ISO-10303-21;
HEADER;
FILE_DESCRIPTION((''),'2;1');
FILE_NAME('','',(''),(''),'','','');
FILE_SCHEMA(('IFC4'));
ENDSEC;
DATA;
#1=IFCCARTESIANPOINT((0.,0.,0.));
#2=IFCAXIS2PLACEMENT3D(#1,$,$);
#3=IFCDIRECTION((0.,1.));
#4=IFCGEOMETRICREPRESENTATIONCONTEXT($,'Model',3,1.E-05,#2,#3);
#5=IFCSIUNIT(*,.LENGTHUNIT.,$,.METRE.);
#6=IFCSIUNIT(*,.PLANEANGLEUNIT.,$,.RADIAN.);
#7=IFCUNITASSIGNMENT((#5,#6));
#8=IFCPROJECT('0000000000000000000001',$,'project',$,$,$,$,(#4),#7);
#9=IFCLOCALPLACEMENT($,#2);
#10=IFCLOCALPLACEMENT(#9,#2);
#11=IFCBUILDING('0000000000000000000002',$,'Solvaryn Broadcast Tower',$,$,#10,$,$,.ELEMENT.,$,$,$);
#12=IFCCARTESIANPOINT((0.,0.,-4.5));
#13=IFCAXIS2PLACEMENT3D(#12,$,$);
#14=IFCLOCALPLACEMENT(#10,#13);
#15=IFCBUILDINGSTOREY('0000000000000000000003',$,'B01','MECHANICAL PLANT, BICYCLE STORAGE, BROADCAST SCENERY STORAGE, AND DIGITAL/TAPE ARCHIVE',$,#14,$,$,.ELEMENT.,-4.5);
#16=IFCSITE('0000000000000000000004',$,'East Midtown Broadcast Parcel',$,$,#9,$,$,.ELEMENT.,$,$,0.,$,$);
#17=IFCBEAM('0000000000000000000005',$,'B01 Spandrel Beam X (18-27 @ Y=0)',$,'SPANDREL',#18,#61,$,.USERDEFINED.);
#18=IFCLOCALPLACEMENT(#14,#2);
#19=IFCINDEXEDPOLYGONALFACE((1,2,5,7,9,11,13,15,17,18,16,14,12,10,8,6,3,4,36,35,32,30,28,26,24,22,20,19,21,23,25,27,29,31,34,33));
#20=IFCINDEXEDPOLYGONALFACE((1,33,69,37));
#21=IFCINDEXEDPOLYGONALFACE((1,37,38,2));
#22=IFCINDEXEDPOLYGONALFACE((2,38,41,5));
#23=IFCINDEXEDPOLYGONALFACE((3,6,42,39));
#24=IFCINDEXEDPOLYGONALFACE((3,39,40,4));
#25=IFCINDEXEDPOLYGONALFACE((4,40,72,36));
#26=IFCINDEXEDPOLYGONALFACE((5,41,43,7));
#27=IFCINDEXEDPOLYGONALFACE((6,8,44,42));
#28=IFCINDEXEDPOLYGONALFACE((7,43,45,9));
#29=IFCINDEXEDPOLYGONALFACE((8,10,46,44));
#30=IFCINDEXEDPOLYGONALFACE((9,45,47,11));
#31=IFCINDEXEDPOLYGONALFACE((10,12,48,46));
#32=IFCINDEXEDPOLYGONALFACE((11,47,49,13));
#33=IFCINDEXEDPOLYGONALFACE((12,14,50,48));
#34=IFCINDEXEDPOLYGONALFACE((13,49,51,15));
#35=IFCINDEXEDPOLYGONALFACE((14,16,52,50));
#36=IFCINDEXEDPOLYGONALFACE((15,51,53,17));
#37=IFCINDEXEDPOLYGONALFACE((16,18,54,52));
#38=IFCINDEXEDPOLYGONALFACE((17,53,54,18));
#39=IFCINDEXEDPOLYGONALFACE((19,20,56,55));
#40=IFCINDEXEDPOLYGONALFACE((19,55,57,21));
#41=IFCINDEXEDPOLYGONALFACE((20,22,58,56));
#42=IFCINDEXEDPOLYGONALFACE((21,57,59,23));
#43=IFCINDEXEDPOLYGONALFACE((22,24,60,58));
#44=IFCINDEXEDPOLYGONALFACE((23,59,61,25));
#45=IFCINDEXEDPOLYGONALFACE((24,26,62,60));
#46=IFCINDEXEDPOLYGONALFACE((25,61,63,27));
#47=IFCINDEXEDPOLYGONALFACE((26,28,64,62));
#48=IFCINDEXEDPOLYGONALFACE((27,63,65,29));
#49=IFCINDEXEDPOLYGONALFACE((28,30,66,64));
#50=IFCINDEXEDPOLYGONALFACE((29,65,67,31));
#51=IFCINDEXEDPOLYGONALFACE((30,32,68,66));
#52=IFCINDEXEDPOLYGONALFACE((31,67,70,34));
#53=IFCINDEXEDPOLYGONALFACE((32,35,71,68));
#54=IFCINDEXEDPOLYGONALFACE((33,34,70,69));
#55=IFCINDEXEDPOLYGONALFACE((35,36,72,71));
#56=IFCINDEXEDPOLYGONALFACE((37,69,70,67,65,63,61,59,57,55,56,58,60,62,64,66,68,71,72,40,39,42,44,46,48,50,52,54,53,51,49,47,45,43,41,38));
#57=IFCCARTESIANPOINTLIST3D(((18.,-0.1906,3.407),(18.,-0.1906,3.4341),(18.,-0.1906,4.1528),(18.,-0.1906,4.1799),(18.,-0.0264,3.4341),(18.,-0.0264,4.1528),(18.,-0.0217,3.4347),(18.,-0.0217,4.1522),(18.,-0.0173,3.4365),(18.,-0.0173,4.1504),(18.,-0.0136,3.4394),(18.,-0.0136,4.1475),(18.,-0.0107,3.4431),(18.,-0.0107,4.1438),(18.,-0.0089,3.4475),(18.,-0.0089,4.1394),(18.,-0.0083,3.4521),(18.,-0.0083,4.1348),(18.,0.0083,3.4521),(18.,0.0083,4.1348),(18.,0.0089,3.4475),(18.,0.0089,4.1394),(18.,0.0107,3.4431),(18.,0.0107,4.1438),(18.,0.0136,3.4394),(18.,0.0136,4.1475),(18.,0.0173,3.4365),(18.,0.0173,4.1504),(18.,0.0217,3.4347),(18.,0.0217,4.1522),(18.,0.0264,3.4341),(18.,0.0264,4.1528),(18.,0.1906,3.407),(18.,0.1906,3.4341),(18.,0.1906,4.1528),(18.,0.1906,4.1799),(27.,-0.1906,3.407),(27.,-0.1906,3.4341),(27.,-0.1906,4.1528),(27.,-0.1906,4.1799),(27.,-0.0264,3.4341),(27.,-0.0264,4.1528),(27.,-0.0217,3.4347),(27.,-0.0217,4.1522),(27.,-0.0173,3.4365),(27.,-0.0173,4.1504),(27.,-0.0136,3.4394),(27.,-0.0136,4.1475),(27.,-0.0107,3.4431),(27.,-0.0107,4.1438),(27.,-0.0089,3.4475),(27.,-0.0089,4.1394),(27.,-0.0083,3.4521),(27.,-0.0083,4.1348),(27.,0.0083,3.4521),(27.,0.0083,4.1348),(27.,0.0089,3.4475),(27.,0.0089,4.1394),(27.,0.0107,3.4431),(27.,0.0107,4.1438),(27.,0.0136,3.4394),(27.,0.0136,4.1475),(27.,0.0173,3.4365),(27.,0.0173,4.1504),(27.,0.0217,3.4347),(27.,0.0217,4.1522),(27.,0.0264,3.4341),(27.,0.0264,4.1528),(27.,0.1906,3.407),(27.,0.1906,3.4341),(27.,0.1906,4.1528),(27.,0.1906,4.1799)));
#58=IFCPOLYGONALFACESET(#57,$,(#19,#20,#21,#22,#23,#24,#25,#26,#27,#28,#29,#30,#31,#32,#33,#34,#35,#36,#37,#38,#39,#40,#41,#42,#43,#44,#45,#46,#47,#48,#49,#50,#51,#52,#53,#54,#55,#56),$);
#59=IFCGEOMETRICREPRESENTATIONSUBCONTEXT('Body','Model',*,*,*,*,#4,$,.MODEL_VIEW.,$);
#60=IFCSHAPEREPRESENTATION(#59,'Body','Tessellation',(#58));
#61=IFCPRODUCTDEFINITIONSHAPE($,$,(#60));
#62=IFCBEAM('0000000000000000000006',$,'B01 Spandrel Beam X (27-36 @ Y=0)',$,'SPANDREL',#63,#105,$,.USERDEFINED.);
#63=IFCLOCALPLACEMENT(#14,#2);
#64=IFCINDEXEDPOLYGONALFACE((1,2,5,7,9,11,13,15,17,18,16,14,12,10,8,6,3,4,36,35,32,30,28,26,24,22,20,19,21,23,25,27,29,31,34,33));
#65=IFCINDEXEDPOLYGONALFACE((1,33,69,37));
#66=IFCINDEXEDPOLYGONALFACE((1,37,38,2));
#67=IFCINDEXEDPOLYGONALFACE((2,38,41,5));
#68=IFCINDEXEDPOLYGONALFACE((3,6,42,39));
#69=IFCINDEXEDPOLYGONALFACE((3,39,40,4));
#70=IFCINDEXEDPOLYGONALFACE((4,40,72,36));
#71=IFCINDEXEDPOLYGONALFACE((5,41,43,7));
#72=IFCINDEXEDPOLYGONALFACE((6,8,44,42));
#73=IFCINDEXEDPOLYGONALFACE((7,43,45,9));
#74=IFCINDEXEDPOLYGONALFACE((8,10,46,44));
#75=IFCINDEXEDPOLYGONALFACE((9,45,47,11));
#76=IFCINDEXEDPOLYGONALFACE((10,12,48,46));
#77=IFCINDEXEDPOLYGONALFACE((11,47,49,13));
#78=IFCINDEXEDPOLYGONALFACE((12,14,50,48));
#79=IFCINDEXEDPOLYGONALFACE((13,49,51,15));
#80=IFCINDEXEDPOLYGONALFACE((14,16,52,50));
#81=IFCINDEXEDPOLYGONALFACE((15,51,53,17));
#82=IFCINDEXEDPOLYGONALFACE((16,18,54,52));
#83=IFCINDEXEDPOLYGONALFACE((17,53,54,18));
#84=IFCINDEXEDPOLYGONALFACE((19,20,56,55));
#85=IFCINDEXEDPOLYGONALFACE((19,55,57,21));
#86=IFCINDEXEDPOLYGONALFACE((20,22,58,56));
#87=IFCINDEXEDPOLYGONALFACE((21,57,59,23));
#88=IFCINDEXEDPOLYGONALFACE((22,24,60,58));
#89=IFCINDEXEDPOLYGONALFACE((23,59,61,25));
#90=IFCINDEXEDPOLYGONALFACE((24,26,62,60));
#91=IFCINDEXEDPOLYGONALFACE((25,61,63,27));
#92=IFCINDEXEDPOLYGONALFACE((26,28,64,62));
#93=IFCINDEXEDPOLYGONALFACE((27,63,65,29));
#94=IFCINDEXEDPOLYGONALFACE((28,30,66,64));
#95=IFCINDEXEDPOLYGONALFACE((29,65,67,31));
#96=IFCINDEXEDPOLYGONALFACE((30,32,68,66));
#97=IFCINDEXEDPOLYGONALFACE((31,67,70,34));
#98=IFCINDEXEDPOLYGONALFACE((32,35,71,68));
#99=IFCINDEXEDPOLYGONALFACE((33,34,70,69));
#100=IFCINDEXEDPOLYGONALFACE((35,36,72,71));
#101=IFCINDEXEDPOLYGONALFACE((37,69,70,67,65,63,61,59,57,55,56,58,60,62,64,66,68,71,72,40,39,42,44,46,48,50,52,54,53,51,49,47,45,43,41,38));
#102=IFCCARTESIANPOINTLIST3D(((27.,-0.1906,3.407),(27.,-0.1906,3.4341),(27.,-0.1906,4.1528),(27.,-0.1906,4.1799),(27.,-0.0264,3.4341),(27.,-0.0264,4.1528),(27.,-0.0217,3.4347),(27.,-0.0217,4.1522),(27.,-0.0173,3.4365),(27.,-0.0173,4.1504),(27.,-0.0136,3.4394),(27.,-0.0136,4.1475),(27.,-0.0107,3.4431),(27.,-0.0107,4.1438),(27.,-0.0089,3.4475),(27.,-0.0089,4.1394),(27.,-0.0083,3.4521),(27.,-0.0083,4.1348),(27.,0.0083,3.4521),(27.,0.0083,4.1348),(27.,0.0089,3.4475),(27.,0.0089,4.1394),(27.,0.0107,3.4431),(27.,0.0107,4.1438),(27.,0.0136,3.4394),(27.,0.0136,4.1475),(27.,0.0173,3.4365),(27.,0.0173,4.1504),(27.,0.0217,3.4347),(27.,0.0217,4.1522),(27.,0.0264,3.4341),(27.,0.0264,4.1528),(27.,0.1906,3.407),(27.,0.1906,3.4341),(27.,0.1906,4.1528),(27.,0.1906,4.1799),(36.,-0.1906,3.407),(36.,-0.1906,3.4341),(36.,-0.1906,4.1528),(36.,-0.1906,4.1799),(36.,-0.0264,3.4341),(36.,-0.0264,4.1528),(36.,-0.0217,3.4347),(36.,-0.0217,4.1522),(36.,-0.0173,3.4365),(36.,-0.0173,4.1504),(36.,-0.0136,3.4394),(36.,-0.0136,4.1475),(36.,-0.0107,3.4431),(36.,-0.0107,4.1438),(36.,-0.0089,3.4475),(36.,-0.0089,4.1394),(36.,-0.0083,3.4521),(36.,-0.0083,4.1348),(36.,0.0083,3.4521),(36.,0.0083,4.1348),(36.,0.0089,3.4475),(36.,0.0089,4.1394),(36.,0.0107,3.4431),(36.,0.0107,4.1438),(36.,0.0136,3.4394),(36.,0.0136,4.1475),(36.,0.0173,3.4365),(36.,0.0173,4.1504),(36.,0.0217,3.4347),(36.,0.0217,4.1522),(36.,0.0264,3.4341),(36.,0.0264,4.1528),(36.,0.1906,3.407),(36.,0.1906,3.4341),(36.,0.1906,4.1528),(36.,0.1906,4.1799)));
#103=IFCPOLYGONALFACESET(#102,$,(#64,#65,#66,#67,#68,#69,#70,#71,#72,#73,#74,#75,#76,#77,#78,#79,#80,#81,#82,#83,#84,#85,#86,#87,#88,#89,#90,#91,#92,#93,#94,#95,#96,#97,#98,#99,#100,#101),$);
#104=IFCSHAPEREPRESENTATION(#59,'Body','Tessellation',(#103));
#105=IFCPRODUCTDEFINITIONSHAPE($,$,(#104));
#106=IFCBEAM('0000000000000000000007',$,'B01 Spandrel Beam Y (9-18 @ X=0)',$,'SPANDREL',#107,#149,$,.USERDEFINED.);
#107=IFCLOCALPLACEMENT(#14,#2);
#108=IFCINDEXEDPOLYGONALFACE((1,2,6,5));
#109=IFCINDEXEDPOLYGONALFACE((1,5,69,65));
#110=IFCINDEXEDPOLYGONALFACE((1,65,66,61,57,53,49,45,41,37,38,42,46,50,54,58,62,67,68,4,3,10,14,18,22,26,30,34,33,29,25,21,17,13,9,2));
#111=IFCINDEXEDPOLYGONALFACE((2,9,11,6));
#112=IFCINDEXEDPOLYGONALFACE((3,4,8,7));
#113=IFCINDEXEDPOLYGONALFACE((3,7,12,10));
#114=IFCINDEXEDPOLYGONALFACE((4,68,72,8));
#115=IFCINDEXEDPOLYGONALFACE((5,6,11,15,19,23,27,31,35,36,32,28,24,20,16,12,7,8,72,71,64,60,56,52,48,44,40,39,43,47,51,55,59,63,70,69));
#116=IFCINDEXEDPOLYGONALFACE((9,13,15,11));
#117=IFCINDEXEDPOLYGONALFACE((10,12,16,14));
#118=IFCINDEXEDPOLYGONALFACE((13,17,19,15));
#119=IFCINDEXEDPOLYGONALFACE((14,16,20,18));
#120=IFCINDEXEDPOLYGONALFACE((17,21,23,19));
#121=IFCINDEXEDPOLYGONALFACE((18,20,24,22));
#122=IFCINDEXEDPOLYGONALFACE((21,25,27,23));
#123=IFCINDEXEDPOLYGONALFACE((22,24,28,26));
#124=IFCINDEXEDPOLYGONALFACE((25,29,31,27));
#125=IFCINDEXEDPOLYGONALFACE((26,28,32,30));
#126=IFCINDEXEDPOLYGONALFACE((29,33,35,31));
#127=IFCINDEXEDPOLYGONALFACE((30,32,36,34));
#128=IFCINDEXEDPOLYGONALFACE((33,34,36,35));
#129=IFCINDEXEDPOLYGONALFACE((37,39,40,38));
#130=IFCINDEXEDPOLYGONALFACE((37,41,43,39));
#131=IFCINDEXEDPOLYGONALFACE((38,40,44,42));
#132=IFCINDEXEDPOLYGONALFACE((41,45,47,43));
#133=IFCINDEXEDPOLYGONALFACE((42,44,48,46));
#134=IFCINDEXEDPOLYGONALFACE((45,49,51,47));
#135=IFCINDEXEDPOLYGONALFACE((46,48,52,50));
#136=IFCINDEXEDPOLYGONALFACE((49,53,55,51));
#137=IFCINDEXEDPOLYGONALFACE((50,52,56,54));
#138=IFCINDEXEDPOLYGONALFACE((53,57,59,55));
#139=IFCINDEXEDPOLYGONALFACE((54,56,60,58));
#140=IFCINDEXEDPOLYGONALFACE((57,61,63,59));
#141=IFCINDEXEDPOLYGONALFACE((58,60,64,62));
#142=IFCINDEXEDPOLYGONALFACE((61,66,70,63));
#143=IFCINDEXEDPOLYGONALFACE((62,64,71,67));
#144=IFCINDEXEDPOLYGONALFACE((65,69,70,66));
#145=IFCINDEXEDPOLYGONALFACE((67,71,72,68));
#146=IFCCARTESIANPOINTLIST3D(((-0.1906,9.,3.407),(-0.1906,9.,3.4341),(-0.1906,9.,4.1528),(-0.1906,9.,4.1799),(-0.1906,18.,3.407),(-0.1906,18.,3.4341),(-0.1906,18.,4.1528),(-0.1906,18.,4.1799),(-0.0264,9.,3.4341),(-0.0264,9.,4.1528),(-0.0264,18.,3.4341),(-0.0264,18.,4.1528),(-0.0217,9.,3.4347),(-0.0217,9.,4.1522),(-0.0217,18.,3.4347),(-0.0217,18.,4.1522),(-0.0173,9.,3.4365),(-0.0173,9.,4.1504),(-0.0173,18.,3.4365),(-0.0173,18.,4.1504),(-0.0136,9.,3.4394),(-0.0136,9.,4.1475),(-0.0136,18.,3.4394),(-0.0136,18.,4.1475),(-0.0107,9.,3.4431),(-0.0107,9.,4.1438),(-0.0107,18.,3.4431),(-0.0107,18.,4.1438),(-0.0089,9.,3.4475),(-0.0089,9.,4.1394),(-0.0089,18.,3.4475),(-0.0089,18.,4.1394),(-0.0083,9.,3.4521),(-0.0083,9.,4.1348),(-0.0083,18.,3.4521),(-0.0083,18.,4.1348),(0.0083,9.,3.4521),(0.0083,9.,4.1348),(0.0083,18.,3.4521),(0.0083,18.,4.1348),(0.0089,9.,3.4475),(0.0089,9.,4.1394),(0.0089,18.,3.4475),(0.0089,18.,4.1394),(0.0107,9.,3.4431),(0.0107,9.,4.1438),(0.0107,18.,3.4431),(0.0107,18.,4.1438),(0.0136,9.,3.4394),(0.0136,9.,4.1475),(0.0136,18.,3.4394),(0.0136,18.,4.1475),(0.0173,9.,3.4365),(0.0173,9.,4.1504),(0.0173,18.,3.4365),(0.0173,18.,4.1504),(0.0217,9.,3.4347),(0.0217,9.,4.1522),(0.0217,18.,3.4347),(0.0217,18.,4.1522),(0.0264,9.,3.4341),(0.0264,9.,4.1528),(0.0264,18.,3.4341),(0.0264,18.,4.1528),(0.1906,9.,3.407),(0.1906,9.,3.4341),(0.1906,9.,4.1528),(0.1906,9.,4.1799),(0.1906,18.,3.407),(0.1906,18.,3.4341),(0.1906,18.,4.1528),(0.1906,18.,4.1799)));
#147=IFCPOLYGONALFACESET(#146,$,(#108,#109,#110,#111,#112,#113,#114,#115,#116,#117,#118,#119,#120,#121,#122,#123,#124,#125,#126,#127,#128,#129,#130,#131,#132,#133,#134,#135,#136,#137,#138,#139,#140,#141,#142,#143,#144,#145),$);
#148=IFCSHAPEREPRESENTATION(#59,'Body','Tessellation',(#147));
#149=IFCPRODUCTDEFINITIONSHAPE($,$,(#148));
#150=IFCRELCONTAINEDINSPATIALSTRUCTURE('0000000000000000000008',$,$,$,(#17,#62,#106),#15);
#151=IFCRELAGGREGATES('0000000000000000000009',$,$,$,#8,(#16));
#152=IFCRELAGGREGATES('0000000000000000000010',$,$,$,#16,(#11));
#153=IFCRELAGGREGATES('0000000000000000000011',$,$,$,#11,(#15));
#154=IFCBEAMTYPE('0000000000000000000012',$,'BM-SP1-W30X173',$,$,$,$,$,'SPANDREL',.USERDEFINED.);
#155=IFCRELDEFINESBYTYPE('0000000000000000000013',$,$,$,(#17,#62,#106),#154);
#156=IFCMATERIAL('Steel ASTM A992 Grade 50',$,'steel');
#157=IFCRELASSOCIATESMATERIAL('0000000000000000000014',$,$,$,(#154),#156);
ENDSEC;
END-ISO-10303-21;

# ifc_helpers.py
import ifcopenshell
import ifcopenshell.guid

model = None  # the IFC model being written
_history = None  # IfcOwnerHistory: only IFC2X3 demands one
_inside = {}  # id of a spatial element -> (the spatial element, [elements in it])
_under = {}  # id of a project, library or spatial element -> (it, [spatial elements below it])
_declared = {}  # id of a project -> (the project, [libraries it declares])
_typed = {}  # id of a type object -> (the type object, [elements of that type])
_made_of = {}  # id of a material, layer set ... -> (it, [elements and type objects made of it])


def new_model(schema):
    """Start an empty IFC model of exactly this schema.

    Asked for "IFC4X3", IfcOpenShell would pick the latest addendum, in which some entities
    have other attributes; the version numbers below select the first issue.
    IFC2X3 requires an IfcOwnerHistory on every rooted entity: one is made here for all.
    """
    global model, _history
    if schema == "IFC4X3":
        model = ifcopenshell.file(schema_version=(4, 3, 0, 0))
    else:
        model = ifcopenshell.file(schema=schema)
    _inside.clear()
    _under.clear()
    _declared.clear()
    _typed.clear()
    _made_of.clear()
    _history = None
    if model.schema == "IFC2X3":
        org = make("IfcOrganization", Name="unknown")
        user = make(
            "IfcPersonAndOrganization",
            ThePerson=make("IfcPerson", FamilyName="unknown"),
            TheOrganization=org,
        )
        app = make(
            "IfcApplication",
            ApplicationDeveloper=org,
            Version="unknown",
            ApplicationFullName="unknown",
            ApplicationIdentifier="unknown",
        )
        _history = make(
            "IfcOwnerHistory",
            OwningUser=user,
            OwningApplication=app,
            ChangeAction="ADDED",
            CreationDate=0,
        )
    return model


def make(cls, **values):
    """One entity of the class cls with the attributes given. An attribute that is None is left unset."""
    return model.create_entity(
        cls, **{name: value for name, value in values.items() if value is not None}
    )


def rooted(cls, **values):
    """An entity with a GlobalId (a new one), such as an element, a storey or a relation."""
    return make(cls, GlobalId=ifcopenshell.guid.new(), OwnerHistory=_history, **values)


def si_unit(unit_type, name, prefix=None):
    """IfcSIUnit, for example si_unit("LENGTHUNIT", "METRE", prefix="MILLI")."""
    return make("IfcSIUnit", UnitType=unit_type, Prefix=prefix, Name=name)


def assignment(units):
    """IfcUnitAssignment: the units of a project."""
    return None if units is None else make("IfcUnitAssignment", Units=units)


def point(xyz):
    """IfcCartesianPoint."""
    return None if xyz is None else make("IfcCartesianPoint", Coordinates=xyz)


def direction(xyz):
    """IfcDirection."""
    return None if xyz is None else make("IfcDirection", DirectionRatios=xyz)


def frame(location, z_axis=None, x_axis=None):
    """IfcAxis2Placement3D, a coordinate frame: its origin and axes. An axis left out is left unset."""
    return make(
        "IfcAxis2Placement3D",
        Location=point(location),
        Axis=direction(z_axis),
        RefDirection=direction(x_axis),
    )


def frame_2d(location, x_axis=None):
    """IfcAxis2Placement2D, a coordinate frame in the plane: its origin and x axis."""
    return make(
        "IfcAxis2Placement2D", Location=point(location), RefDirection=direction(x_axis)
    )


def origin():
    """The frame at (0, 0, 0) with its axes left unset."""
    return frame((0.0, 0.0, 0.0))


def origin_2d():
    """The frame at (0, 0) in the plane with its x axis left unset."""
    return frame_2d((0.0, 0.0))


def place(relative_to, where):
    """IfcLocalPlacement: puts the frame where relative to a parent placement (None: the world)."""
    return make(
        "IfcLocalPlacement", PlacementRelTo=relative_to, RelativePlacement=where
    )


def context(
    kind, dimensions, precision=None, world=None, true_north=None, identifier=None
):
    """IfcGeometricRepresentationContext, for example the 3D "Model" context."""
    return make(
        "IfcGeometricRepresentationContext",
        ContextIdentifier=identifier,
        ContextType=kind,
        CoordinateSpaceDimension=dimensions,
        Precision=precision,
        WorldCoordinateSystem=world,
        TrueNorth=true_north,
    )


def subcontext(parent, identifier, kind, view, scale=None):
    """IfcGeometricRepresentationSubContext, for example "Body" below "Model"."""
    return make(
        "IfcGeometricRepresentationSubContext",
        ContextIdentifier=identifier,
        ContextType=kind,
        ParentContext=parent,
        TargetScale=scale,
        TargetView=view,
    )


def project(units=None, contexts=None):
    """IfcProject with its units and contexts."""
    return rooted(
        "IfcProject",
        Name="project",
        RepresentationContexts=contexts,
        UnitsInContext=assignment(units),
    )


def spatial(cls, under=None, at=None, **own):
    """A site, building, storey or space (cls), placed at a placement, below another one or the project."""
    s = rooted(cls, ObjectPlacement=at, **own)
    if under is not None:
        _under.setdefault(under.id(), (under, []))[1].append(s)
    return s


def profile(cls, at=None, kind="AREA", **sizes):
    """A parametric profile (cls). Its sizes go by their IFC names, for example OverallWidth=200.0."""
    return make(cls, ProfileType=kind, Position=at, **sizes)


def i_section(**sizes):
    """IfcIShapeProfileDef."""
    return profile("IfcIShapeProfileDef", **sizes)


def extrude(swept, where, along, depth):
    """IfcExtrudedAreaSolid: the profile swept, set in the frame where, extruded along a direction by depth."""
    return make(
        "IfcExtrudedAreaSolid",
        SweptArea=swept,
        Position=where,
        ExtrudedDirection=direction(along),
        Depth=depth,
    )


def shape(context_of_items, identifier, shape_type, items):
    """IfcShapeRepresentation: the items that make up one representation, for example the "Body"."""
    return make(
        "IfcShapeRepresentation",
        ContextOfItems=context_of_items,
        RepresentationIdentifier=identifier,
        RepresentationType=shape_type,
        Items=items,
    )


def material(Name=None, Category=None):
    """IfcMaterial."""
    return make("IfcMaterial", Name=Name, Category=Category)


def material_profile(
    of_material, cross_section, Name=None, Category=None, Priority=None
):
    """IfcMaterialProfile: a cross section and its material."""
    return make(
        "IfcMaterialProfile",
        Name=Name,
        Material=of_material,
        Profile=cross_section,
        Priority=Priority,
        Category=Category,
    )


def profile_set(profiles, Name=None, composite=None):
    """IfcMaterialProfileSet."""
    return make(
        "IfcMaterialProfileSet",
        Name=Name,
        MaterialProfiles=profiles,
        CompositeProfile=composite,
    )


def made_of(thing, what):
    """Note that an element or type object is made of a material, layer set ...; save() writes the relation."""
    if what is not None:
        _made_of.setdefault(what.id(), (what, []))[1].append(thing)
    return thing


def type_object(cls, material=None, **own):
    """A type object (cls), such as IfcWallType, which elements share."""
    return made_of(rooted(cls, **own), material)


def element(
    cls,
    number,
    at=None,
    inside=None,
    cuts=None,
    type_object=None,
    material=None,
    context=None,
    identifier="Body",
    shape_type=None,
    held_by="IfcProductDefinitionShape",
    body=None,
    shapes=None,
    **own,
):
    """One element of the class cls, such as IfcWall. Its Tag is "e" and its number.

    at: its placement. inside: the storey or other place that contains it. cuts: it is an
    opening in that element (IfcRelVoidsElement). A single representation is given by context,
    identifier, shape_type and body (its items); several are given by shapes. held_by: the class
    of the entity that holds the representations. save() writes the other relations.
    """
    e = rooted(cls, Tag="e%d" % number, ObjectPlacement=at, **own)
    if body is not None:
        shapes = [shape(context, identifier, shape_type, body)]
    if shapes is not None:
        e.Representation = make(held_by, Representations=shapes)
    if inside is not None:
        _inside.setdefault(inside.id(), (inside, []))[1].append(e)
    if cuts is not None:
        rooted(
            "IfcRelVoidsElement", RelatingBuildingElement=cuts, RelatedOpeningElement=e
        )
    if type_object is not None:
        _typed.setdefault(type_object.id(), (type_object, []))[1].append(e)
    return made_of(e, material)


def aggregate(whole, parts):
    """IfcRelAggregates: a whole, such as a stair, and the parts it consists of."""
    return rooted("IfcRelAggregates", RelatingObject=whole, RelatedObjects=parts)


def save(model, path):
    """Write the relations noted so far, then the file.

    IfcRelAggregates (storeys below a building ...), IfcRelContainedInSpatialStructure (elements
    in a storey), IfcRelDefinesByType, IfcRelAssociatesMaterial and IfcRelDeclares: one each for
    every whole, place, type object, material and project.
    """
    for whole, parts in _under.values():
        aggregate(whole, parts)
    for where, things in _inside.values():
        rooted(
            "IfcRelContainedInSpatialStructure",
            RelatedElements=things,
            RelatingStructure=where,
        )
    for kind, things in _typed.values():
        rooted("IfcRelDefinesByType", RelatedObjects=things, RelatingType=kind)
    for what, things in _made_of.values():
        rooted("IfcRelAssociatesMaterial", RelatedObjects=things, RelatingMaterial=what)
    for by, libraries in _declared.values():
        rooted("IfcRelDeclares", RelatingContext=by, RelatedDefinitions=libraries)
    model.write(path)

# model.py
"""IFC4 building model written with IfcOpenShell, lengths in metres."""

from ifc_helpers import new_model, si_unit, direction, frame, origin, origin_2d, place, context, subcontext, project, spatial, i_section, extrude, material, material_profile, profile_set, type_object, element, save


model = new_model("IFC4")

# Units and contexts
model_context = context("Model", 3, precision=1e-05, world=origin(), true_north=direction((0.0, 1.0)))
body_context = subcontext(model_context, "Body", "Model", "MODEL_VIEW")
ifc_project = project(units=[si_unit("LENGTHUNIT", "METRE"), si_unit("PLANEANGLEUNIT", "RADIAN")], contexts=[model_context])

# Site, building, storey
site_placement = place(None, origin())
site = spatial("IfcSite", under=ifc_project, at=site_placement, Name="East Midtown Broadcast Parcel", CompositionType="ELEMENT", RefElevation=0.0)
building_placement = place(site_placement, origin())
building = spatial("IfcBuilding", under=site, at=building_placement, Name="Solvaryn Broadcast Tower", CompositionType="ELEMENT")
storey_placement = place(building_placement, frame((0.0, 0.0, -4.5)))
storey = spatial("IfcBuildingStorey", under=building, at=storey_placement, Name="B01", Description="MECHANICAL PLANT, BICYCLE STORAGE, BROADCAST SCENERY STORAGE, AND DIGITAL/TAPE ARCHIVE", CompositionType="ELEMENT", Elevation=-4.5)

# Beams
ifc_material_1 = material(Name="Steel ASTM A992 Grade 50", Category="steel")
ifc_material_profile_1 = material_profile(ifc_material_1, i_section(OverallWidth=0.3811, OverallDepth=0.7729, WebThickness=0.0166, FlangeThickness=0.0271, FilletRadius=0.0181, at=origin_2d()))
ifc_profile_set_1 = profile_set([ifc_material_profile_1], Name="Steel ASTM A992 Grade 50")
beam_type_1 = type_object("IfcBeamType", Name="BM-SP1-W30X173", ElementType="SPANDREL", PredefinedType="USERDEFINED", material=ifc_profile_set_1)
for number, where, z_axis, x_axis, name in (
    (1, (18.0, 0.0, 3.7935), (1.0, 0.0, 0.0), (0.0, 1.0, 0.0), "B01 Spandrel Beam X (18-27 @ Y=0)"),
    (2, (27.0, 0.0, 3.7935), (1.0, 0.0, 0.0), (0.0, 1.0, 0.0), "B01 Spandrel Beam X (27-36 @ Y=0)"),
    (3, (0.0, 9.0, 3.7935), (0.0, 1.0, 0.0), (-1.0, 0.0, 0.0), "B01 Spandrel Beam Y (9-18 @ X=0)"),
):
    element("IfcBeam", number, at=place(storey_placement, frame(where, z_axis=z_axis, x_axis=x_axis)), inside=storey, type_object=beam_type_1, Name=name, ObjectType="SPANDREL", PredefinedType="USERDEFINED", context=body_context, shape_type="SweptSolid", body=[
        extrude(i_section(OverallWidth=0.3811, OverallDepth=0.7729, WebThickness=0.0166, FlangeThickness=0.0271, FilletRadius=0.0181, at=origin_2d()), origin(), (0.0, 0.0, 1.0), 9.0),
    ])

save(model, "model.ifc")
